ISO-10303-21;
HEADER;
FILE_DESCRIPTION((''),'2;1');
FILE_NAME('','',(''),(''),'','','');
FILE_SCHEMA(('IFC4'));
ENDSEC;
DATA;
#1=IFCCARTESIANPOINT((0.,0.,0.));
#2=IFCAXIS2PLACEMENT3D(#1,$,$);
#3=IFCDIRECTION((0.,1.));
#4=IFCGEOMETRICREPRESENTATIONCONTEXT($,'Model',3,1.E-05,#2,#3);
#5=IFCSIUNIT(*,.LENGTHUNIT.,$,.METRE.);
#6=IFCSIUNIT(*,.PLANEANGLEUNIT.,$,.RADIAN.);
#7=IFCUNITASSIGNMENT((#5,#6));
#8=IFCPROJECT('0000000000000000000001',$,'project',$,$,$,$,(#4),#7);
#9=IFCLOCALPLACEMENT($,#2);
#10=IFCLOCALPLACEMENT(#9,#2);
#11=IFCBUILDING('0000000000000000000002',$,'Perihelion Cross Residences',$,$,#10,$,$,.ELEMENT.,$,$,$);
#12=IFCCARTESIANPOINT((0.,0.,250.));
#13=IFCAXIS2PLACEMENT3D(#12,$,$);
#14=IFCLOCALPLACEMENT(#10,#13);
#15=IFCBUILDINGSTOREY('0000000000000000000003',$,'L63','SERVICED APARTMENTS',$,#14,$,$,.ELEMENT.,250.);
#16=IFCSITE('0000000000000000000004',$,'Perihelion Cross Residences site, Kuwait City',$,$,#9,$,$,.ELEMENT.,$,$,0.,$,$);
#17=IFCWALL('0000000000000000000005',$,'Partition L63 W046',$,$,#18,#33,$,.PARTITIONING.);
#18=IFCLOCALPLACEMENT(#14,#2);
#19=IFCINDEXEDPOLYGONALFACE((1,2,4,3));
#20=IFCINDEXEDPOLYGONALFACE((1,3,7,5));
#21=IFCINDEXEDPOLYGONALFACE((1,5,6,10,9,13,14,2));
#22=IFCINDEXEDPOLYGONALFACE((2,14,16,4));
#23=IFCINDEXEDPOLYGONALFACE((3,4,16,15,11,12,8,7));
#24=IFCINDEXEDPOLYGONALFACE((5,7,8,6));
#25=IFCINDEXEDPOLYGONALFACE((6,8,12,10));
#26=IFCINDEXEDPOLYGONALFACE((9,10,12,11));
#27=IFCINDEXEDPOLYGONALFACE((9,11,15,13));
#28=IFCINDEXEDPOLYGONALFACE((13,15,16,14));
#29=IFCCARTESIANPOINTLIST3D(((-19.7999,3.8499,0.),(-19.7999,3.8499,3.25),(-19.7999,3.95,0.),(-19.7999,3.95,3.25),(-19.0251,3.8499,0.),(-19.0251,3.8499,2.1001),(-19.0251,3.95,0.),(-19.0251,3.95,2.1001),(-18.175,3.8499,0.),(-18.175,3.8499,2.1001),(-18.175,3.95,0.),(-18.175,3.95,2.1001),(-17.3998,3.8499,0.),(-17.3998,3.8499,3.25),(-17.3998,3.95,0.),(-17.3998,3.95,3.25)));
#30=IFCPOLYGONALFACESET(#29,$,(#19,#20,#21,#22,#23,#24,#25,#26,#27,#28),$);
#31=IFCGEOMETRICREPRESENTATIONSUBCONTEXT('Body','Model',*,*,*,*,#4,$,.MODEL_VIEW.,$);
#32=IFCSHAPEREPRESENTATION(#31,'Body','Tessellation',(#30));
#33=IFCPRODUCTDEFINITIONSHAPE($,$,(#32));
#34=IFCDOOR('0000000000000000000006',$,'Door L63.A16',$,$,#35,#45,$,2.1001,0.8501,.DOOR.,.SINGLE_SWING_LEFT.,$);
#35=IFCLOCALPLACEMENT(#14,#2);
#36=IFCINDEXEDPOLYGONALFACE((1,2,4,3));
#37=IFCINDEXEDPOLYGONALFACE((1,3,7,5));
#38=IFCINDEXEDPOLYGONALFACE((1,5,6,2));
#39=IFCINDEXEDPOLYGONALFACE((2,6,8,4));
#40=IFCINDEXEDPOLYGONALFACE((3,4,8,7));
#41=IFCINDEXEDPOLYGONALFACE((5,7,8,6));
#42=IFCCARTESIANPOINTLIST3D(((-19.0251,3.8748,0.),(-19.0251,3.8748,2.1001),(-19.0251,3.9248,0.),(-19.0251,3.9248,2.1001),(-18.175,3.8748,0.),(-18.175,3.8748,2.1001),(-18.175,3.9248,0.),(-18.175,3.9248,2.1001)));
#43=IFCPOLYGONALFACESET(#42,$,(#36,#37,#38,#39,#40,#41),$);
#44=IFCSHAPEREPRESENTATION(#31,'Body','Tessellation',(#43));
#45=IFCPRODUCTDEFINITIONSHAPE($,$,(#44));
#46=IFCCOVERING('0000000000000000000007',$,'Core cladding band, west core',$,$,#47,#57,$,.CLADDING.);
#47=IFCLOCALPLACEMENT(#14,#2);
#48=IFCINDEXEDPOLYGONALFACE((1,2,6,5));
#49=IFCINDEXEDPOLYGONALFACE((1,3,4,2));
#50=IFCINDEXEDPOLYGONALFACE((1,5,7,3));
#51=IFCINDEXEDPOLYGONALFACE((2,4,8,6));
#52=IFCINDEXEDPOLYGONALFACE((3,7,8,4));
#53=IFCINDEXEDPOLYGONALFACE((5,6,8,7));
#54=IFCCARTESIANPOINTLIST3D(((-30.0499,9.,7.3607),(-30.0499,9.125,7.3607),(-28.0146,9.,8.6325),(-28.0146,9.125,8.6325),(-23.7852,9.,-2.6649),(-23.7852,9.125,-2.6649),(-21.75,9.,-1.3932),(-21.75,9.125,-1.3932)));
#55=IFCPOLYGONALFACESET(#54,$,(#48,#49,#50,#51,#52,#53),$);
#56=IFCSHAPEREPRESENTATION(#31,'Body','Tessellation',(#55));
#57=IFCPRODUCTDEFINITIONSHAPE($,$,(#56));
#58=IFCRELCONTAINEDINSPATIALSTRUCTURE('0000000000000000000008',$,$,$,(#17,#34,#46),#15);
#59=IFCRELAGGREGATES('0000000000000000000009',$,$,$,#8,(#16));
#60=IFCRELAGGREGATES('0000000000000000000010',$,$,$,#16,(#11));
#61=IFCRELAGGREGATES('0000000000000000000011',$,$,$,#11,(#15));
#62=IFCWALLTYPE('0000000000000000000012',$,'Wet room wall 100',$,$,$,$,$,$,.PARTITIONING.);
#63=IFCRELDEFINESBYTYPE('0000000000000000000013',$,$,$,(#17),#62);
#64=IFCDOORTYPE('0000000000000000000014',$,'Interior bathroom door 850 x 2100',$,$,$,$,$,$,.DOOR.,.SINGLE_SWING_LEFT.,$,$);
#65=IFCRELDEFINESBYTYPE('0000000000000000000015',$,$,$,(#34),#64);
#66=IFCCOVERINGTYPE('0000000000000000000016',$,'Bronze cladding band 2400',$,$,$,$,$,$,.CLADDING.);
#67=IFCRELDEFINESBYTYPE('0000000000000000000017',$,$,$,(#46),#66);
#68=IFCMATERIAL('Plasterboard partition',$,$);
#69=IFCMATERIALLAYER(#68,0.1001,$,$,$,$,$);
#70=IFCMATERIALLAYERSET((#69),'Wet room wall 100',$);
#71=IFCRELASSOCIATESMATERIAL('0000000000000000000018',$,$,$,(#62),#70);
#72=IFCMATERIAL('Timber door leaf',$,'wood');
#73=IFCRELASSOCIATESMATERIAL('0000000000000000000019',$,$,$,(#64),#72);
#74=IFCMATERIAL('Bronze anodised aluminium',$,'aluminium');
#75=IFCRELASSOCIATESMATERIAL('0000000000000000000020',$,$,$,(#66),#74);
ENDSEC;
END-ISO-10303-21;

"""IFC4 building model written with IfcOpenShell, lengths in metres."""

from ifc_helpers import new_model, si_unit, direction, frame, frame_2d, origin, origin_2d, place, context, subcontext, project, spatial, rectangle, extrude, material, layer, layer_set, material_profile, profile_set, type_object, element, fill, save


model = new_model("IFC4")

# Units and contexts
model_context = context("Model", 3, precision=1e-05, world=origin(), true_north=direction((0.0, 1.0)))
body_context = subcontext(model_context, "Body", "Model", "MODEL_VIEW")
ifc_project = project(units=[si_unit("LENGTHUNIT", "METRE"), si_unit("PLANEANGLEUNIT", "RADIAN")], contexts=[model_context])

# Site, building, storey
site_placement = place(None, origin())
site = spatial("IfcSite", under=ifc_project, at=site_placement, Name="Perihelion Cross Residences site, Kuwait City", CompositionType="ELEMENT", RefElevation=0.0)
building_placement = place(site_placement, origin())
building = spatial("IfcBuilding", under=site, at=building_placement, Name="Perihelion Cross Residences", CompositionType="ELEMENT")
storey_placement = place(building_placement, frame((0.0, 0.0, 250.0)))
storey = spatial("IfcBuildingStorey", under=building, at=storey_placement, Name="L63", Description="SERVICED APARTMENTS", CompositionType="ELEMENT", Elevation=250.0)

# Shared definitions
ifc_material_1 = material(Name="Plasterboard partition")
ifc_layer_1 = layer(ifc_material_1, 0.1001)
ifc_layer_set_1 = layer_set([ifc_layer_1], Name="Wet room wall 100")
wall_type_1 = type_object("IfcWallType", Name="Wet room wall 100", PredefinedType="PARTITIONING", material=ifc_layer_set_1)

# Wall, opening, door
wall_1_placement = place(storey_placement, frame((-19.8, 3.8999, 0.0), z_axis=(0.0, 0.0, 1.0), x_axis=(1.0, 0.0, 0.0)))
wall_1 = element("IfcWall", 1, at=wall_1_placement, inside=storey, type_object=wall_type_1, Name="Partition L63 W046", PredefinedType="PARTITIONING", context=body_context, shape_type="SweptSolid", body=[
    extrude(rectangle(XDim=2.4001, YDim=0.1001, at=frame_2d((1.2002, 0.0))), origin(), (0.0, 0.0, 1.0), 3.25),
])
opening_1_placement = place(wall_1_placement, frame((0.7749, 0.0, 0.0)))
opening_1 = element("IfcOpeningElement", 2, at=opening_1_placement, cuts=wall_1, PredefinedType="OPENING", context=body_context, shape_type="SweptSolid", body=[
    extrude(rectangle(XDim=0.8501, YDim=2.1001, at=frame_2d((0.425, 1.05))), frame((0.0, 0.0601, 0.0), z_axis=(0.0, -1.0, 0.0), x_axis=(1.0, 0.0, 0.0)), (0.0, 0.0, 1.0), 0.1201),
])
ifc_material_2 = material(Name="Timber door leaf", Category="wood")
door_type_1 = type_object("IfcDoorType", Name="Interior bathroom door 850 x 2100", OperationType="SINGLE_SWING_LEFT", PredefinedType="DOOR", material=ifc_material_2)
door_1_placement = place(opening_1_placement, origin())
door_1 = element("IfcDoor", 3, at=door_1_placement, inside=storey, type_object=door_type_1, Name="Door L63.A16", OperationType="SINGLE_SWING_LEFT", OverallHeight=2.1001, OverallWidth=0.8501, PredefinedType="DOOR", context=body_context, shape_type="SweptSolid", body=[
    extrude(rectangle(XDim=0.8501, YDim=2.1001, at=frame_2d((0.425, 1.05))), frame((0.0, 0.0249, 0.0), z_axis=(0.0, -1.0, 0.0), x_axis=(1.0, 0.0, 0.0)), (0.0, 0.0, 1.0), 0.05),
])
fill(opening_1, door_1)

# Covering
ifc_material_3 = material(Name="Bronze anodised aluminium", Category="aluminium")
ifc_material_profile_1 = material_profile(ifc_material_3, rectangle(XDim=0.125, YDim=2.3999, at=origin_2d()), Name="Bronze cladding band 2400")
ifc_profile_set_1 = profile_set([ifc_material_profile_1], Name="Bronze anodised aluminium")
covering_type = type_object("IfcCoveringType", Name="Bronze cladding band 2400", PredefinedType="CLADDING", material=ifc_profile_set_1)
covering_placement = place(storey_placement, frame((-22.7676, 9.0625, -2.0291), z_axis=(-0.529915, 0.0, 0.848051), x_axis=(0.0, -1.0, 0.0)))
element("IfcCovering", 4, at=covering_placement, inside=storey, type_object=covering_type, Name="Core cladding band, west core", PredefinedType="CLADDING", context=body_context, shape_type="SweptSolid", body=[
    extrude(rectangle(XDim=0.125, YDim=2.3999, at=origin_2d()), origin(), (0.0, 0.0, 1.0), 11.822),
])

save(model, "model.ifc")
